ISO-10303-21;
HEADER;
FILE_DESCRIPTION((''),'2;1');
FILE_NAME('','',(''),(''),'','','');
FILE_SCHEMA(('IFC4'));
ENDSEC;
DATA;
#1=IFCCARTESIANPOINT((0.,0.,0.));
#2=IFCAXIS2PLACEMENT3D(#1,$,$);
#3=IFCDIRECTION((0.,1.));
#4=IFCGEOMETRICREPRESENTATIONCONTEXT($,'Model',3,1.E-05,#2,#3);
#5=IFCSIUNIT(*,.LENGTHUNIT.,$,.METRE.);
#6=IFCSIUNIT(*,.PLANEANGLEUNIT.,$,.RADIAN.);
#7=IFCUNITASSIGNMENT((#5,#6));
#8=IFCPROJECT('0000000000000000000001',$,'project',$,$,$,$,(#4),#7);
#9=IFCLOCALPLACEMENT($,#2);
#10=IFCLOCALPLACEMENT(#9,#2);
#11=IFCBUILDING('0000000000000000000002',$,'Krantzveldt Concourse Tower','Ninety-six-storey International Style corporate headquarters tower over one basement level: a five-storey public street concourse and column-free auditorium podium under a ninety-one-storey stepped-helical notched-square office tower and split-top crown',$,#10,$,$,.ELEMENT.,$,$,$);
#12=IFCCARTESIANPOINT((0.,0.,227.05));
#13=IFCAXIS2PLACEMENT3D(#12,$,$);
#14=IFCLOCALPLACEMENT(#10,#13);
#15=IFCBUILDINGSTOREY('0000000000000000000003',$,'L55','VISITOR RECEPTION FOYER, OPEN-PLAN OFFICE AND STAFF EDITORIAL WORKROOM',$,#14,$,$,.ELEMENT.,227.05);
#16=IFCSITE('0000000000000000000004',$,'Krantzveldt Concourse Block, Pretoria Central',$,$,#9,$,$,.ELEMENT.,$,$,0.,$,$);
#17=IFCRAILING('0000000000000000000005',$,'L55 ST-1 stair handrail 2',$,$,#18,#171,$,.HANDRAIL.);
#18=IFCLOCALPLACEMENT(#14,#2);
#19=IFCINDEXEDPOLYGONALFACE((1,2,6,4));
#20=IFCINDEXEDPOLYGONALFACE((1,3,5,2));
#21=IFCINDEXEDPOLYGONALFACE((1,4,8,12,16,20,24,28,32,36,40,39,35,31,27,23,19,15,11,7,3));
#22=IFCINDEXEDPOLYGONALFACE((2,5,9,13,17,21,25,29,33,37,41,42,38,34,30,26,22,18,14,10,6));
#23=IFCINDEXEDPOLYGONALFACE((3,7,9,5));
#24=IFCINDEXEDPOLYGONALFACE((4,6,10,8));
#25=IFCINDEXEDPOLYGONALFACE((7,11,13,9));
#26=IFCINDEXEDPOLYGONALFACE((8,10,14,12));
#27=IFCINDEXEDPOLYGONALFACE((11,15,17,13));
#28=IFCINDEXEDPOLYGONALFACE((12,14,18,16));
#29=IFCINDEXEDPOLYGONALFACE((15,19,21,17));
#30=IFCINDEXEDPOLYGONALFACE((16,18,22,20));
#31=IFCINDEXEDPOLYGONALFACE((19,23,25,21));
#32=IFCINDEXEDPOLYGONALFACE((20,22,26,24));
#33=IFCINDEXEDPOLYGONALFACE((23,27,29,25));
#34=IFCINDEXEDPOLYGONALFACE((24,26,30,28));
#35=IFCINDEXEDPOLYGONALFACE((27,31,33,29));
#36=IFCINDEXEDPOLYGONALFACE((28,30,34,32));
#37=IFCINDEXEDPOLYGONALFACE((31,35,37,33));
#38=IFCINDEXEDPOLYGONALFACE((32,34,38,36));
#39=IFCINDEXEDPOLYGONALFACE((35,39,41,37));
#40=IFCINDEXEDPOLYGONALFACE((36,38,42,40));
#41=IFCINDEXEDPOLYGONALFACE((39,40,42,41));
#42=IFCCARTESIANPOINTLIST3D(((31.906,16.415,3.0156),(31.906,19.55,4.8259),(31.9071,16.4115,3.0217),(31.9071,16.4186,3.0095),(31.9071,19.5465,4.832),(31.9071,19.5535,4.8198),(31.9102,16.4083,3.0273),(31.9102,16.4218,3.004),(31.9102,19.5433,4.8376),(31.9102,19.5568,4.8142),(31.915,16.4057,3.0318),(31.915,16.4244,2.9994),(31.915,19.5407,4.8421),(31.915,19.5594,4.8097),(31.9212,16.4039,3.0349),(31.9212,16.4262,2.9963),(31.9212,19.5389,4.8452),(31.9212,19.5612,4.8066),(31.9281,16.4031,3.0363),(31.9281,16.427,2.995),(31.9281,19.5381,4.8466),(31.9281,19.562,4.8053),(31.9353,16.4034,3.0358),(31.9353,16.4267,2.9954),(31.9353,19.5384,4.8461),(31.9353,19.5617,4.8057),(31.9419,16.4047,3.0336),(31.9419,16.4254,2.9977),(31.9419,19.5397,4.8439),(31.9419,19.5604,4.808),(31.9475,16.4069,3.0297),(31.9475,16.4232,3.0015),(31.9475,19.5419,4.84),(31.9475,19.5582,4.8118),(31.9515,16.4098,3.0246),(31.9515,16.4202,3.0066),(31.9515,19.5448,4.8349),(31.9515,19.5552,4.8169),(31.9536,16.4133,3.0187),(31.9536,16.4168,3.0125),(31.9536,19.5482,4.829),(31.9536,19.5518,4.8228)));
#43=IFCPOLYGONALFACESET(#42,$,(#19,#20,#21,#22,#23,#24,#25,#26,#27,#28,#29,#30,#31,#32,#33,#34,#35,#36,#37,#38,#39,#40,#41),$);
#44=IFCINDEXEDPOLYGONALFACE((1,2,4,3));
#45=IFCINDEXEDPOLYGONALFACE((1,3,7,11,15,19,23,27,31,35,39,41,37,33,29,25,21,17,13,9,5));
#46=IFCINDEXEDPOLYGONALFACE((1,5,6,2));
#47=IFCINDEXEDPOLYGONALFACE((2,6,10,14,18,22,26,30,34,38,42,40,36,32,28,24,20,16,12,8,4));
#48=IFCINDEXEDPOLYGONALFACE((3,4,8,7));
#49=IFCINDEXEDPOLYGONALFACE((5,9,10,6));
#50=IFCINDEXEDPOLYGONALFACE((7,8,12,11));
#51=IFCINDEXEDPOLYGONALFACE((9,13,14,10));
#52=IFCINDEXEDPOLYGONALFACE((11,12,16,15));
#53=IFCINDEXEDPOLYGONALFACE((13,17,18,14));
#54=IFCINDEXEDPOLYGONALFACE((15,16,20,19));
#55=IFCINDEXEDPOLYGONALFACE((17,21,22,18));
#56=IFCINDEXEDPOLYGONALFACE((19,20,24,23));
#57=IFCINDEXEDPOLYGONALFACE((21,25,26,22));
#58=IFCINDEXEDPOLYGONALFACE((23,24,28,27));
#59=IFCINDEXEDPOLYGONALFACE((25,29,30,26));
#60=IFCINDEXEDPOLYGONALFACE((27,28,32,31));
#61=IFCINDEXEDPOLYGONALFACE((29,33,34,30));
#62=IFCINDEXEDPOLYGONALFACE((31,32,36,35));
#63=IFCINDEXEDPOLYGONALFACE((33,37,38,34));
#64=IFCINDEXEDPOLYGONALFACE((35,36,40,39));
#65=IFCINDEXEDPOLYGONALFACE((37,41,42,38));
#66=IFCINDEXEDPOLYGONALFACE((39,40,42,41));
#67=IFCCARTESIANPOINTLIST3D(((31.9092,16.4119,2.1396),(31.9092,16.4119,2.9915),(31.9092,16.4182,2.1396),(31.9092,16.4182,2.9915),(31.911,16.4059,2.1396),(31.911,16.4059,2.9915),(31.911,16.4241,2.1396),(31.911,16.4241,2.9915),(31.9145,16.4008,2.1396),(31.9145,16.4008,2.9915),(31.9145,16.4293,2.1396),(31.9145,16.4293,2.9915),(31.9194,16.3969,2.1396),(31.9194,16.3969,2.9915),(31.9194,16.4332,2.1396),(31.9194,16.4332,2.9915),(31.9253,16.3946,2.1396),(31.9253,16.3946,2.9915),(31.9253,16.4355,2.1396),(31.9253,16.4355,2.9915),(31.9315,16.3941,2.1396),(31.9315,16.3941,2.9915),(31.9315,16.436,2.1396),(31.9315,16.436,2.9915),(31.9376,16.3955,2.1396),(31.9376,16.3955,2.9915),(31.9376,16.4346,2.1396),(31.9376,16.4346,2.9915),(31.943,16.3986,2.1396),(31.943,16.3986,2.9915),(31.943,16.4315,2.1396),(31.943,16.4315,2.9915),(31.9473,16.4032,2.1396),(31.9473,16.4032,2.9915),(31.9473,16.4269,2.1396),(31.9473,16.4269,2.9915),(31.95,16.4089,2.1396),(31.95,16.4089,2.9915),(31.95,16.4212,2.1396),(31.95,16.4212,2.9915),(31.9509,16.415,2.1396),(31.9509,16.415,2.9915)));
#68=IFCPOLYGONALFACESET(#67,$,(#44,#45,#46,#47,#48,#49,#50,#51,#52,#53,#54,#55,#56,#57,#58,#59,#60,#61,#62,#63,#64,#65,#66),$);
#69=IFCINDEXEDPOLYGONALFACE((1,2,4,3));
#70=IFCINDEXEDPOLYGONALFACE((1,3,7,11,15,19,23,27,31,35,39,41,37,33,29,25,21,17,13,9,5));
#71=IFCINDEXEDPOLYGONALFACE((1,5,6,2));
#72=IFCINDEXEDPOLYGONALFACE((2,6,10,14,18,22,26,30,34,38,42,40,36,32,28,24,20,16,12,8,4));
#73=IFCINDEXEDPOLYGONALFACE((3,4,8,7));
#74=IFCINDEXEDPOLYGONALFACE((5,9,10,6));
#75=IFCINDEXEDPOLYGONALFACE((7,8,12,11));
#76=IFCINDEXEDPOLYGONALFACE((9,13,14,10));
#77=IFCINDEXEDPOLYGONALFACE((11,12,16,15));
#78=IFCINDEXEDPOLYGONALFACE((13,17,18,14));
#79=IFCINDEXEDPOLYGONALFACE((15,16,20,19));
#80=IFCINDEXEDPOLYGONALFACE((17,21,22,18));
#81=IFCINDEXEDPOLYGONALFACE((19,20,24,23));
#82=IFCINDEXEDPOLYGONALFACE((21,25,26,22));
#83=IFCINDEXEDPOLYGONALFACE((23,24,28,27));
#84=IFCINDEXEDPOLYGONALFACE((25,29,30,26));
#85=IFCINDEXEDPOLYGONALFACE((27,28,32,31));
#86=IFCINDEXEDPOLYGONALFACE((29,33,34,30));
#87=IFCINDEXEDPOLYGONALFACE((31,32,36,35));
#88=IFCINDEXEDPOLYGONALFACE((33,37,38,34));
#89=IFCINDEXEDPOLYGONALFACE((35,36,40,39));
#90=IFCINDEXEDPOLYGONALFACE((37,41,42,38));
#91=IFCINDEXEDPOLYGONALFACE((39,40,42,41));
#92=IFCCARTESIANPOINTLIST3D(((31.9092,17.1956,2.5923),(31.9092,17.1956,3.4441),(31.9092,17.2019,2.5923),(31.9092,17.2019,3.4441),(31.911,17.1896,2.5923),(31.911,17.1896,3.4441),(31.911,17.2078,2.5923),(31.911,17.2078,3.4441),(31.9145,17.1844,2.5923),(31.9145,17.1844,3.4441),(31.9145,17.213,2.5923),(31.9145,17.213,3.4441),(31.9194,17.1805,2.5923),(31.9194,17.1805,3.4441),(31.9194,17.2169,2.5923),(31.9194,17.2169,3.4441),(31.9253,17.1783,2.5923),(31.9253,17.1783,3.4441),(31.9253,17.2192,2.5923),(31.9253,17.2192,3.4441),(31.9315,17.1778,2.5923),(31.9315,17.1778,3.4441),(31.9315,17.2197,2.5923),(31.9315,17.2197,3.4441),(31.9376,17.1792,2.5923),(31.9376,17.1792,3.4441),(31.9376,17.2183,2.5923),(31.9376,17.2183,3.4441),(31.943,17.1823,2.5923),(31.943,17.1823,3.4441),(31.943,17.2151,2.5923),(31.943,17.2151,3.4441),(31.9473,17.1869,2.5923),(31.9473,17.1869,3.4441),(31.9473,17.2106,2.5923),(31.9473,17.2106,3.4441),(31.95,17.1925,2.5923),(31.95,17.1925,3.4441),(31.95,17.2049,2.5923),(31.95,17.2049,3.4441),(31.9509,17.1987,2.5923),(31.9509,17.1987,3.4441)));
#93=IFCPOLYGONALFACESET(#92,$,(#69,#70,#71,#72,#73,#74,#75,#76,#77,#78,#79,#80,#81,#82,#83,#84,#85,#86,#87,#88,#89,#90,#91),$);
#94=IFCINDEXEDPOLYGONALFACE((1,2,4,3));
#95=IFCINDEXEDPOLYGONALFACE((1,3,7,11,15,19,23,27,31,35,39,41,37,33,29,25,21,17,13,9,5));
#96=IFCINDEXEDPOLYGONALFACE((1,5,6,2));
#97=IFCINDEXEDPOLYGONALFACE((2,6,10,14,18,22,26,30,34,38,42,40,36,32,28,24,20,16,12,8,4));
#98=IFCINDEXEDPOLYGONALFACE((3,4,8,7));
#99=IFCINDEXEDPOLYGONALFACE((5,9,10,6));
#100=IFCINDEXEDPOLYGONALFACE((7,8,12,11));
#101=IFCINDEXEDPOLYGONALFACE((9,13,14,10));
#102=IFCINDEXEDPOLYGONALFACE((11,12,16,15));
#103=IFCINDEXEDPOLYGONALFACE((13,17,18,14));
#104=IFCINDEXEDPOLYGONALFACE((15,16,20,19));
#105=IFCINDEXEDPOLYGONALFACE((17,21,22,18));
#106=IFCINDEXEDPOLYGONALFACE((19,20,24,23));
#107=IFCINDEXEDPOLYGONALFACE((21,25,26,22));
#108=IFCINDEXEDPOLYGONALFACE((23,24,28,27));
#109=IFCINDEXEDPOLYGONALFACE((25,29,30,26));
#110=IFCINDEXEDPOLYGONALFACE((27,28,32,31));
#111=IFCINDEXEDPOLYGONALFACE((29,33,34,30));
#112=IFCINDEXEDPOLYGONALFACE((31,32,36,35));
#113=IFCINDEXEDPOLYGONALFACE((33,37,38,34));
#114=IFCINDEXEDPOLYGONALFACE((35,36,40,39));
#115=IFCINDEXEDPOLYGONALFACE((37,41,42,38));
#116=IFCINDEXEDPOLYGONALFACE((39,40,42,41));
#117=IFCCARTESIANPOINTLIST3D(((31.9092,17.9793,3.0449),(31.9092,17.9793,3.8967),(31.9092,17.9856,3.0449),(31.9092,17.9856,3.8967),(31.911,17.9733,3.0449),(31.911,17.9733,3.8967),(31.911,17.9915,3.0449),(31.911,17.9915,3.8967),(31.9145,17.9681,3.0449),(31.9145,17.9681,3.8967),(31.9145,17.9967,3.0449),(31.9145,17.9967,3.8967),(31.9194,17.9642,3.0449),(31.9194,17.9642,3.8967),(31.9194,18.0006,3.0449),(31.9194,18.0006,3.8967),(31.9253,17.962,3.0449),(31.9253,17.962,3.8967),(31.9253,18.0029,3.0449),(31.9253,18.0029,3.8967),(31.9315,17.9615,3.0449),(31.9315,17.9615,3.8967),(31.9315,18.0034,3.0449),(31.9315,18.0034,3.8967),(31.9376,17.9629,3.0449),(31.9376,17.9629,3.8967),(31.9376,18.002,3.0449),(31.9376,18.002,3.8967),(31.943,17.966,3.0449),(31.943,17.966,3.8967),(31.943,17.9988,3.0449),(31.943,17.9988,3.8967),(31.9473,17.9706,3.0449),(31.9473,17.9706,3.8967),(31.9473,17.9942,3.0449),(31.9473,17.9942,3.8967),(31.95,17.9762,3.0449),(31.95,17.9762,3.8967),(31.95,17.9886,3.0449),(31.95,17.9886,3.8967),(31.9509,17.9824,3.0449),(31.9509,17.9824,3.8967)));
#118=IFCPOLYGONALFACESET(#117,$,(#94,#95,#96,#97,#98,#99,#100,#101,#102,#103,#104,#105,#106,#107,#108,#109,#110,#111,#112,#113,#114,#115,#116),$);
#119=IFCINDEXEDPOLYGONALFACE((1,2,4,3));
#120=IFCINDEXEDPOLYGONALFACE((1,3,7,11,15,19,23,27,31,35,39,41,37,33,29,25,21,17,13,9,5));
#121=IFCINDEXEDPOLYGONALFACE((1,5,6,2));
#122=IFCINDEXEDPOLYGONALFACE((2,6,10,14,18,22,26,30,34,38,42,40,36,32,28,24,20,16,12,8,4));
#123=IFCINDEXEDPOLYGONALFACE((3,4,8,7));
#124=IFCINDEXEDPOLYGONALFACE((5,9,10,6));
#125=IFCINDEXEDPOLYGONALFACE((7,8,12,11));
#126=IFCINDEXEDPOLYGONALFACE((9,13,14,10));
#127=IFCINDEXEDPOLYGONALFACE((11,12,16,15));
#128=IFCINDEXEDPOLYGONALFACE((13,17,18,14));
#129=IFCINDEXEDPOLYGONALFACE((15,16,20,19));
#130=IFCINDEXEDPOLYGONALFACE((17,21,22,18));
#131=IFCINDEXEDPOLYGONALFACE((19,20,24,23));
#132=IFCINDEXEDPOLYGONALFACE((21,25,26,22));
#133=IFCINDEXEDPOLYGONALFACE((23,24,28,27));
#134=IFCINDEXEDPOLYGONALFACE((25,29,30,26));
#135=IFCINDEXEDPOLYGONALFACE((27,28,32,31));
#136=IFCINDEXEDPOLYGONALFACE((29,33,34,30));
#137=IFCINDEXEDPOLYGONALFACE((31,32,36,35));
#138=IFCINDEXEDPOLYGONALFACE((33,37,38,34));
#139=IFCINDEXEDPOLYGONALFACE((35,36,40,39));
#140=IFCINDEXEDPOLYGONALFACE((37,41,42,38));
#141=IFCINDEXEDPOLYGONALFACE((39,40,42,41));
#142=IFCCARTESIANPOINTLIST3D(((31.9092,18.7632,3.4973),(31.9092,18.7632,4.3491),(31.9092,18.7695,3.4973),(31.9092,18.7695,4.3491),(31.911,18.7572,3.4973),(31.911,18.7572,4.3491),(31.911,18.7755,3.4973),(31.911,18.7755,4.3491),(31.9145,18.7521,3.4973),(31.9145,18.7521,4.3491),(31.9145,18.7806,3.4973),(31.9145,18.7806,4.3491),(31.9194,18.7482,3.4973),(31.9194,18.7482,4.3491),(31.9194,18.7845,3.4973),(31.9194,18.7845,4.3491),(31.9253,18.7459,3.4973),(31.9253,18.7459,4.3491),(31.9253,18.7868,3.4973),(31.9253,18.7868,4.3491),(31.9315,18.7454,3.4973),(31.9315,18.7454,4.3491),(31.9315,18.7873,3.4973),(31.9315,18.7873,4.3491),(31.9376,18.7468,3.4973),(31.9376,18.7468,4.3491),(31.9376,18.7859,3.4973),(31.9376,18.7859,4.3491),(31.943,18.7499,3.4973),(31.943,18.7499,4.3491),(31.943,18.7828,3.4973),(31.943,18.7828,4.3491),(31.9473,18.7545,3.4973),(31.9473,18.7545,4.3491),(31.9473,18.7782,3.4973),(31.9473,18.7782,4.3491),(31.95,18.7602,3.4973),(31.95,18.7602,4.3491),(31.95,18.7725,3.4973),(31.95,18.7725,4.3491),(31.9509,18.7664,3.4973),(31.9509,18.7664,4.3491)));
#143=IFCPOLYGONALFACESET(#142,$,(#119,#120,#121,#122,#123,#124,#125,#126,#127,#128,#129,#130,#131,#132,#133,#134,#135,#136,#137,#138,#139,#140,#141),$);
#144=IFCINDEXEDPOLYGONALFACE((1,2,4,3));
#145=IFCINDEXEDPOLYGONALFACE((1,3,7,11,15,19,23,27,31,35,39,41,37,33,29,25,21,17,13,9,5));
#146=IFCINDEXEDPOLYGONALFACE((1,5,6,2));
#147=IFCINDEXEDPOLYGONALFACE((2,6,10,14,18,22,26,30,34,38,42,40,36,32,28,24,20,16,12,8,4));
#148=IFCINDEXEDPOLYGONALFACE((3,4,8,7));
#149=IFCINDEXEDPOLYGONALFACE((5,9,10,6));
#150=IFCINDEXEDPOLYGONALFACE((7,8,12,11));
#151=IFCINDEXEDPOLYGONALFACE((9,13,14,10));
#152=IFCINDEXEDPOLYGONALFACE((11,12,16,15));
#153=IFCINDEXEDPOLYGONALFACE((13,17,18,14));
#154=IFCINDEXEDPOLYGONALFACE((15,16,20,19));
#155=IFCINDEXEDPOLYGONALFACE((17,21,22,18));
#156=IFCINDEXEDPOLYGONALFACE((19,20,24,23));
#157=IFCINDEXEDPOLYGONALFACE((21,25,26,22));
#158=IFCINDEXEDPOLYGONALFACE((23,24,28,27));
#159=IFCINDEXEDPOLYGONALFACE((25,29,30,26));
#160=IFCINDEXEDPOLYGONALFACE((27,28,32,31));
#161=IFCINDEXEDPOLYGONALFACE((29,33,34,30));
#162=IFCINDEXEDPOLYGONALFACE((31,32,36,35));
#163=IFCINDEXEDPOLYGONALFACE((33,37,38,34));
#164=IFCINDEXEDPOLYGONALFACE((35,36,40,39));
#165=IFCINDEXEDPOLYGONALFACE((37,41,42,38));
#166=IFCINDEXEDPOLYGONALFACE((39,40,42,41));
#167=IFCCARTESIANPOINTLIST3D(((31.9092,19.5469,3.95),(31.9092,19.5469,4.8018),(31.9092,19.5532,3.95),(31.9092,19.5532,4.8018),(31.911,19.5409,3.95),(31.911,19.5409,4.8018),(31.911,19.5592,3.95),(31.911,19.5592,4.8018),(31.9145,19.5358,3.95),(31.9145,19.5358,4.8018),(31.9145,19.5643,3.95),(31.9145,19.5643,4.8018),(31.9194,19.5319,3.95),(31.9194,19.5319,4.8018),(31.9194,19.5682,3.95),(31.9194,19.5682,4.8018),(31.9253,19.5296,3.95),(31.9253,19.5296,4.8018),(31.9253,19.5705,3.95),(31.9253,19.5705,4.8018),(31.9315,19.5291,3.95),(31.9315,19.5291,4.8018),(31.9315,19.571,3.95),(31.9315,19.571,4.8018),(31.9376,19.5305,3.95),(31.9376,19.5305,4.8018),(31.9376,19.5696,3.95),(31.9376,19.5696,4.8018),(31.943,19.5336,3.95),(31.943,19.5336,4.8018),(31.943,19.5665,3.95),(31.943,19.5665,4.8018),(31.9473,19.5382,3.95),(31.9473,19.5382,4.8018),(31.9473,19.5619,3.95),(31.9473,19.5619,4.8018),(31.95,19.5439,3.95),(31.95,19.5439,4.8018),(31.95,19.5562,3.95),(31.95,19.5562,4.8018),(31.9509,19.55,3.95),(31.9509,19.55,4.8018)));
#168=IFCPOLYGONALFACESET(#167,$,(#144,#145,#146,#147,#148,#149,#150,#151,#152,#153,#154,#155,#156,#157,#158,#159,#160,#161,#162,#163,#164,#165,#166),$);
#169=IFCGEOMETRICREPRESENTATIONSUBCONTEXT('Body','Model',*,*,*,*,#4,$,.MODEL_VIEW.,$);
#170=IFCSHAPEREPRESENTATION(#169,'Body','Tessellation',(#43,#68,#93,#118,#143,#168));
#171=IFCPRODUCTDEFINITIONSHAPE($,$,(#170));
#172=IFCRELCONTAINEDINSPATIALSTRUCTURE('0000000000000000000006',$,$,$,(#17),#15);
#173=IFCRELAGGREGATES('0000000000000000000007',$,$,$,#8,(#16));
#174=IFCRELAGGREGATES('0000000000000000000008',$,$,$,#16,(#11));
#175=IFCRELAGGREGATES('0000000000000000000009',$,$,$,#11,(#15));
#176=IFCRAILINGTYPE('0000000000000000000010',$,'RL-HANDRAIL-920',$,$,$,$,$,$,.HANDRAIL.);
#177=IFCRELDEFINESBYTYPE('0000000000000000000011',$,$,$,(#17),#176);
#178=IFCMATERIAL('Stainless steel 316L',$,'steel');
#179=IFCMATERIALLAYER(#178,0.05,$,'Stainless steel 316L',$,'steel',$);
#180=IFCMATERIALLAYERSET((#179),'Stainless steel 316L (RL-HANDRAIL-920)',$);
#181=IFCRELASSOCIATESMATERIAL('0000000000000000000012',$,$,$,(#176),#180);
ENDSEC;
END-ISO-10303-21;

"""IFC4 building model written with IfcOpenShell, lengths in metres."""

from ifc_helpers import new_model, si_unit, direction, frame, origin, origin_2d, place, context, subcontext, project, spatial, circle, extrude, material, layer, layer_set, type_object, element, save


model = new_model("IFC4")

# Units and contexts
model_context = context("Model", 3, precision=1e-05, world=origin(), true_north=direction((0.0, 1.0)))
body_context = subcontext(model_context, "Body", "Model", "MODEL_VIEW")
ifc_project = project(units=[si_unit("LENGTHUNIT", "METRE"), si_unit("PLANEANGLEUNIT", "RADIAN")], contexts=[model_context])

# Site, building, storey
site_placement = place(None, origin())
site = spatial("IfcSite", under=ifc_project, at=site_placement, Name="Krantzveldt Concourse Block, Pretoria Central", CompositionType="ELEMENT", RefElevation=0.0)
building_placement = place(site_placement, origin())
building = spatial("IfcBuilding", under=site, at=building_placement, Name="Krantzveldt Concourse Tower", Description="Ninety-six-storey International Style corporate headquarters tower over one basement level: a five-storey public street concourse and column-free auditorium podium under a ninety-one-storey stepped-helical notched-square office tower and split-top crown", CompositionType="ELEMENT")
storey_placement = place(building_placement, frame((0.0, 0.0, 227.05)))
storey = spatial("IfcBuildingStorey", under=building, at=storey_placement, Name="L55", Description="VISITOR RECEPTION FOYER, OPEN-PLAN OFFICE AND STAFF EDITORIAL WORKROOM", CompositionType="ELEMENT", Elevation=227.05)

# Railing
ifc_material_1 = material(Name="Stainless steel 316L", Category="steel")
ifc_layer_1 = layer(ifc_material_1, 0.05, Name="Stainless steel 316L", Category="steel")
ifc_layer_set_1 = layer_set([ifc_layer_1], Name="Stainless steel 316L (RL-HANDRAIL-920)")
railing_type_1 = type_object("IfcRailingType", Name="RL-HANDRAIL-920", PredefinedType="HANDRAIL", material=ifc_layer_set_1)
railing_1_placement = place(storey_placement, frame((31.9299, 16.415, 2.1396)))
element("IfcRailing", 1, at=railing_1_placement, inside=storey, type_object=railing_type_1, Name="L55 ST-1 stair handrail 2", PredefinedType="HANDRAIL", context=body_context, shape_type="SweptSolid", body=[
    extrude(circle(Radius=0.0239, at=origin_2d()), frame((0.0, 0.0, 0.876), z_axis=(0.0, 0.865989, 0.500063), x_axis=(-1.0, 0.0, 0.0)), (0.0, 0.0, 1.0), 3.6201),
    extrude(circle(Radius=0.021, at=origin_2d()), origin(), (0.0, 0.0, 1.0), 0.8518),
    extrude(circle(Radius=0.021, at=origin_2d()), frame((0.0, 0.7837, 0.4526)), (0.0, 0.0, 1.0), 0.8518),
    extrude(circle(Radius=0.021, at=origin_2d()), frame((0.0, 1.5674, 0.9053)), (0.0, 0.0, 1.0), 0.8518),
    extrude(circle(Radius=0.021, at=origin_2d()), frame((0.0, 2.3513, 1.3577)), (0.0, 0.0, 1.0), 0.8518),
    extrude(circle(Radius=0.021, at=origin_2d()), frame((0.0, 3.135, 1.8103)), (0.0, 0.0, 1.0), 0.8518),
])

save(model, "model.ifc")
